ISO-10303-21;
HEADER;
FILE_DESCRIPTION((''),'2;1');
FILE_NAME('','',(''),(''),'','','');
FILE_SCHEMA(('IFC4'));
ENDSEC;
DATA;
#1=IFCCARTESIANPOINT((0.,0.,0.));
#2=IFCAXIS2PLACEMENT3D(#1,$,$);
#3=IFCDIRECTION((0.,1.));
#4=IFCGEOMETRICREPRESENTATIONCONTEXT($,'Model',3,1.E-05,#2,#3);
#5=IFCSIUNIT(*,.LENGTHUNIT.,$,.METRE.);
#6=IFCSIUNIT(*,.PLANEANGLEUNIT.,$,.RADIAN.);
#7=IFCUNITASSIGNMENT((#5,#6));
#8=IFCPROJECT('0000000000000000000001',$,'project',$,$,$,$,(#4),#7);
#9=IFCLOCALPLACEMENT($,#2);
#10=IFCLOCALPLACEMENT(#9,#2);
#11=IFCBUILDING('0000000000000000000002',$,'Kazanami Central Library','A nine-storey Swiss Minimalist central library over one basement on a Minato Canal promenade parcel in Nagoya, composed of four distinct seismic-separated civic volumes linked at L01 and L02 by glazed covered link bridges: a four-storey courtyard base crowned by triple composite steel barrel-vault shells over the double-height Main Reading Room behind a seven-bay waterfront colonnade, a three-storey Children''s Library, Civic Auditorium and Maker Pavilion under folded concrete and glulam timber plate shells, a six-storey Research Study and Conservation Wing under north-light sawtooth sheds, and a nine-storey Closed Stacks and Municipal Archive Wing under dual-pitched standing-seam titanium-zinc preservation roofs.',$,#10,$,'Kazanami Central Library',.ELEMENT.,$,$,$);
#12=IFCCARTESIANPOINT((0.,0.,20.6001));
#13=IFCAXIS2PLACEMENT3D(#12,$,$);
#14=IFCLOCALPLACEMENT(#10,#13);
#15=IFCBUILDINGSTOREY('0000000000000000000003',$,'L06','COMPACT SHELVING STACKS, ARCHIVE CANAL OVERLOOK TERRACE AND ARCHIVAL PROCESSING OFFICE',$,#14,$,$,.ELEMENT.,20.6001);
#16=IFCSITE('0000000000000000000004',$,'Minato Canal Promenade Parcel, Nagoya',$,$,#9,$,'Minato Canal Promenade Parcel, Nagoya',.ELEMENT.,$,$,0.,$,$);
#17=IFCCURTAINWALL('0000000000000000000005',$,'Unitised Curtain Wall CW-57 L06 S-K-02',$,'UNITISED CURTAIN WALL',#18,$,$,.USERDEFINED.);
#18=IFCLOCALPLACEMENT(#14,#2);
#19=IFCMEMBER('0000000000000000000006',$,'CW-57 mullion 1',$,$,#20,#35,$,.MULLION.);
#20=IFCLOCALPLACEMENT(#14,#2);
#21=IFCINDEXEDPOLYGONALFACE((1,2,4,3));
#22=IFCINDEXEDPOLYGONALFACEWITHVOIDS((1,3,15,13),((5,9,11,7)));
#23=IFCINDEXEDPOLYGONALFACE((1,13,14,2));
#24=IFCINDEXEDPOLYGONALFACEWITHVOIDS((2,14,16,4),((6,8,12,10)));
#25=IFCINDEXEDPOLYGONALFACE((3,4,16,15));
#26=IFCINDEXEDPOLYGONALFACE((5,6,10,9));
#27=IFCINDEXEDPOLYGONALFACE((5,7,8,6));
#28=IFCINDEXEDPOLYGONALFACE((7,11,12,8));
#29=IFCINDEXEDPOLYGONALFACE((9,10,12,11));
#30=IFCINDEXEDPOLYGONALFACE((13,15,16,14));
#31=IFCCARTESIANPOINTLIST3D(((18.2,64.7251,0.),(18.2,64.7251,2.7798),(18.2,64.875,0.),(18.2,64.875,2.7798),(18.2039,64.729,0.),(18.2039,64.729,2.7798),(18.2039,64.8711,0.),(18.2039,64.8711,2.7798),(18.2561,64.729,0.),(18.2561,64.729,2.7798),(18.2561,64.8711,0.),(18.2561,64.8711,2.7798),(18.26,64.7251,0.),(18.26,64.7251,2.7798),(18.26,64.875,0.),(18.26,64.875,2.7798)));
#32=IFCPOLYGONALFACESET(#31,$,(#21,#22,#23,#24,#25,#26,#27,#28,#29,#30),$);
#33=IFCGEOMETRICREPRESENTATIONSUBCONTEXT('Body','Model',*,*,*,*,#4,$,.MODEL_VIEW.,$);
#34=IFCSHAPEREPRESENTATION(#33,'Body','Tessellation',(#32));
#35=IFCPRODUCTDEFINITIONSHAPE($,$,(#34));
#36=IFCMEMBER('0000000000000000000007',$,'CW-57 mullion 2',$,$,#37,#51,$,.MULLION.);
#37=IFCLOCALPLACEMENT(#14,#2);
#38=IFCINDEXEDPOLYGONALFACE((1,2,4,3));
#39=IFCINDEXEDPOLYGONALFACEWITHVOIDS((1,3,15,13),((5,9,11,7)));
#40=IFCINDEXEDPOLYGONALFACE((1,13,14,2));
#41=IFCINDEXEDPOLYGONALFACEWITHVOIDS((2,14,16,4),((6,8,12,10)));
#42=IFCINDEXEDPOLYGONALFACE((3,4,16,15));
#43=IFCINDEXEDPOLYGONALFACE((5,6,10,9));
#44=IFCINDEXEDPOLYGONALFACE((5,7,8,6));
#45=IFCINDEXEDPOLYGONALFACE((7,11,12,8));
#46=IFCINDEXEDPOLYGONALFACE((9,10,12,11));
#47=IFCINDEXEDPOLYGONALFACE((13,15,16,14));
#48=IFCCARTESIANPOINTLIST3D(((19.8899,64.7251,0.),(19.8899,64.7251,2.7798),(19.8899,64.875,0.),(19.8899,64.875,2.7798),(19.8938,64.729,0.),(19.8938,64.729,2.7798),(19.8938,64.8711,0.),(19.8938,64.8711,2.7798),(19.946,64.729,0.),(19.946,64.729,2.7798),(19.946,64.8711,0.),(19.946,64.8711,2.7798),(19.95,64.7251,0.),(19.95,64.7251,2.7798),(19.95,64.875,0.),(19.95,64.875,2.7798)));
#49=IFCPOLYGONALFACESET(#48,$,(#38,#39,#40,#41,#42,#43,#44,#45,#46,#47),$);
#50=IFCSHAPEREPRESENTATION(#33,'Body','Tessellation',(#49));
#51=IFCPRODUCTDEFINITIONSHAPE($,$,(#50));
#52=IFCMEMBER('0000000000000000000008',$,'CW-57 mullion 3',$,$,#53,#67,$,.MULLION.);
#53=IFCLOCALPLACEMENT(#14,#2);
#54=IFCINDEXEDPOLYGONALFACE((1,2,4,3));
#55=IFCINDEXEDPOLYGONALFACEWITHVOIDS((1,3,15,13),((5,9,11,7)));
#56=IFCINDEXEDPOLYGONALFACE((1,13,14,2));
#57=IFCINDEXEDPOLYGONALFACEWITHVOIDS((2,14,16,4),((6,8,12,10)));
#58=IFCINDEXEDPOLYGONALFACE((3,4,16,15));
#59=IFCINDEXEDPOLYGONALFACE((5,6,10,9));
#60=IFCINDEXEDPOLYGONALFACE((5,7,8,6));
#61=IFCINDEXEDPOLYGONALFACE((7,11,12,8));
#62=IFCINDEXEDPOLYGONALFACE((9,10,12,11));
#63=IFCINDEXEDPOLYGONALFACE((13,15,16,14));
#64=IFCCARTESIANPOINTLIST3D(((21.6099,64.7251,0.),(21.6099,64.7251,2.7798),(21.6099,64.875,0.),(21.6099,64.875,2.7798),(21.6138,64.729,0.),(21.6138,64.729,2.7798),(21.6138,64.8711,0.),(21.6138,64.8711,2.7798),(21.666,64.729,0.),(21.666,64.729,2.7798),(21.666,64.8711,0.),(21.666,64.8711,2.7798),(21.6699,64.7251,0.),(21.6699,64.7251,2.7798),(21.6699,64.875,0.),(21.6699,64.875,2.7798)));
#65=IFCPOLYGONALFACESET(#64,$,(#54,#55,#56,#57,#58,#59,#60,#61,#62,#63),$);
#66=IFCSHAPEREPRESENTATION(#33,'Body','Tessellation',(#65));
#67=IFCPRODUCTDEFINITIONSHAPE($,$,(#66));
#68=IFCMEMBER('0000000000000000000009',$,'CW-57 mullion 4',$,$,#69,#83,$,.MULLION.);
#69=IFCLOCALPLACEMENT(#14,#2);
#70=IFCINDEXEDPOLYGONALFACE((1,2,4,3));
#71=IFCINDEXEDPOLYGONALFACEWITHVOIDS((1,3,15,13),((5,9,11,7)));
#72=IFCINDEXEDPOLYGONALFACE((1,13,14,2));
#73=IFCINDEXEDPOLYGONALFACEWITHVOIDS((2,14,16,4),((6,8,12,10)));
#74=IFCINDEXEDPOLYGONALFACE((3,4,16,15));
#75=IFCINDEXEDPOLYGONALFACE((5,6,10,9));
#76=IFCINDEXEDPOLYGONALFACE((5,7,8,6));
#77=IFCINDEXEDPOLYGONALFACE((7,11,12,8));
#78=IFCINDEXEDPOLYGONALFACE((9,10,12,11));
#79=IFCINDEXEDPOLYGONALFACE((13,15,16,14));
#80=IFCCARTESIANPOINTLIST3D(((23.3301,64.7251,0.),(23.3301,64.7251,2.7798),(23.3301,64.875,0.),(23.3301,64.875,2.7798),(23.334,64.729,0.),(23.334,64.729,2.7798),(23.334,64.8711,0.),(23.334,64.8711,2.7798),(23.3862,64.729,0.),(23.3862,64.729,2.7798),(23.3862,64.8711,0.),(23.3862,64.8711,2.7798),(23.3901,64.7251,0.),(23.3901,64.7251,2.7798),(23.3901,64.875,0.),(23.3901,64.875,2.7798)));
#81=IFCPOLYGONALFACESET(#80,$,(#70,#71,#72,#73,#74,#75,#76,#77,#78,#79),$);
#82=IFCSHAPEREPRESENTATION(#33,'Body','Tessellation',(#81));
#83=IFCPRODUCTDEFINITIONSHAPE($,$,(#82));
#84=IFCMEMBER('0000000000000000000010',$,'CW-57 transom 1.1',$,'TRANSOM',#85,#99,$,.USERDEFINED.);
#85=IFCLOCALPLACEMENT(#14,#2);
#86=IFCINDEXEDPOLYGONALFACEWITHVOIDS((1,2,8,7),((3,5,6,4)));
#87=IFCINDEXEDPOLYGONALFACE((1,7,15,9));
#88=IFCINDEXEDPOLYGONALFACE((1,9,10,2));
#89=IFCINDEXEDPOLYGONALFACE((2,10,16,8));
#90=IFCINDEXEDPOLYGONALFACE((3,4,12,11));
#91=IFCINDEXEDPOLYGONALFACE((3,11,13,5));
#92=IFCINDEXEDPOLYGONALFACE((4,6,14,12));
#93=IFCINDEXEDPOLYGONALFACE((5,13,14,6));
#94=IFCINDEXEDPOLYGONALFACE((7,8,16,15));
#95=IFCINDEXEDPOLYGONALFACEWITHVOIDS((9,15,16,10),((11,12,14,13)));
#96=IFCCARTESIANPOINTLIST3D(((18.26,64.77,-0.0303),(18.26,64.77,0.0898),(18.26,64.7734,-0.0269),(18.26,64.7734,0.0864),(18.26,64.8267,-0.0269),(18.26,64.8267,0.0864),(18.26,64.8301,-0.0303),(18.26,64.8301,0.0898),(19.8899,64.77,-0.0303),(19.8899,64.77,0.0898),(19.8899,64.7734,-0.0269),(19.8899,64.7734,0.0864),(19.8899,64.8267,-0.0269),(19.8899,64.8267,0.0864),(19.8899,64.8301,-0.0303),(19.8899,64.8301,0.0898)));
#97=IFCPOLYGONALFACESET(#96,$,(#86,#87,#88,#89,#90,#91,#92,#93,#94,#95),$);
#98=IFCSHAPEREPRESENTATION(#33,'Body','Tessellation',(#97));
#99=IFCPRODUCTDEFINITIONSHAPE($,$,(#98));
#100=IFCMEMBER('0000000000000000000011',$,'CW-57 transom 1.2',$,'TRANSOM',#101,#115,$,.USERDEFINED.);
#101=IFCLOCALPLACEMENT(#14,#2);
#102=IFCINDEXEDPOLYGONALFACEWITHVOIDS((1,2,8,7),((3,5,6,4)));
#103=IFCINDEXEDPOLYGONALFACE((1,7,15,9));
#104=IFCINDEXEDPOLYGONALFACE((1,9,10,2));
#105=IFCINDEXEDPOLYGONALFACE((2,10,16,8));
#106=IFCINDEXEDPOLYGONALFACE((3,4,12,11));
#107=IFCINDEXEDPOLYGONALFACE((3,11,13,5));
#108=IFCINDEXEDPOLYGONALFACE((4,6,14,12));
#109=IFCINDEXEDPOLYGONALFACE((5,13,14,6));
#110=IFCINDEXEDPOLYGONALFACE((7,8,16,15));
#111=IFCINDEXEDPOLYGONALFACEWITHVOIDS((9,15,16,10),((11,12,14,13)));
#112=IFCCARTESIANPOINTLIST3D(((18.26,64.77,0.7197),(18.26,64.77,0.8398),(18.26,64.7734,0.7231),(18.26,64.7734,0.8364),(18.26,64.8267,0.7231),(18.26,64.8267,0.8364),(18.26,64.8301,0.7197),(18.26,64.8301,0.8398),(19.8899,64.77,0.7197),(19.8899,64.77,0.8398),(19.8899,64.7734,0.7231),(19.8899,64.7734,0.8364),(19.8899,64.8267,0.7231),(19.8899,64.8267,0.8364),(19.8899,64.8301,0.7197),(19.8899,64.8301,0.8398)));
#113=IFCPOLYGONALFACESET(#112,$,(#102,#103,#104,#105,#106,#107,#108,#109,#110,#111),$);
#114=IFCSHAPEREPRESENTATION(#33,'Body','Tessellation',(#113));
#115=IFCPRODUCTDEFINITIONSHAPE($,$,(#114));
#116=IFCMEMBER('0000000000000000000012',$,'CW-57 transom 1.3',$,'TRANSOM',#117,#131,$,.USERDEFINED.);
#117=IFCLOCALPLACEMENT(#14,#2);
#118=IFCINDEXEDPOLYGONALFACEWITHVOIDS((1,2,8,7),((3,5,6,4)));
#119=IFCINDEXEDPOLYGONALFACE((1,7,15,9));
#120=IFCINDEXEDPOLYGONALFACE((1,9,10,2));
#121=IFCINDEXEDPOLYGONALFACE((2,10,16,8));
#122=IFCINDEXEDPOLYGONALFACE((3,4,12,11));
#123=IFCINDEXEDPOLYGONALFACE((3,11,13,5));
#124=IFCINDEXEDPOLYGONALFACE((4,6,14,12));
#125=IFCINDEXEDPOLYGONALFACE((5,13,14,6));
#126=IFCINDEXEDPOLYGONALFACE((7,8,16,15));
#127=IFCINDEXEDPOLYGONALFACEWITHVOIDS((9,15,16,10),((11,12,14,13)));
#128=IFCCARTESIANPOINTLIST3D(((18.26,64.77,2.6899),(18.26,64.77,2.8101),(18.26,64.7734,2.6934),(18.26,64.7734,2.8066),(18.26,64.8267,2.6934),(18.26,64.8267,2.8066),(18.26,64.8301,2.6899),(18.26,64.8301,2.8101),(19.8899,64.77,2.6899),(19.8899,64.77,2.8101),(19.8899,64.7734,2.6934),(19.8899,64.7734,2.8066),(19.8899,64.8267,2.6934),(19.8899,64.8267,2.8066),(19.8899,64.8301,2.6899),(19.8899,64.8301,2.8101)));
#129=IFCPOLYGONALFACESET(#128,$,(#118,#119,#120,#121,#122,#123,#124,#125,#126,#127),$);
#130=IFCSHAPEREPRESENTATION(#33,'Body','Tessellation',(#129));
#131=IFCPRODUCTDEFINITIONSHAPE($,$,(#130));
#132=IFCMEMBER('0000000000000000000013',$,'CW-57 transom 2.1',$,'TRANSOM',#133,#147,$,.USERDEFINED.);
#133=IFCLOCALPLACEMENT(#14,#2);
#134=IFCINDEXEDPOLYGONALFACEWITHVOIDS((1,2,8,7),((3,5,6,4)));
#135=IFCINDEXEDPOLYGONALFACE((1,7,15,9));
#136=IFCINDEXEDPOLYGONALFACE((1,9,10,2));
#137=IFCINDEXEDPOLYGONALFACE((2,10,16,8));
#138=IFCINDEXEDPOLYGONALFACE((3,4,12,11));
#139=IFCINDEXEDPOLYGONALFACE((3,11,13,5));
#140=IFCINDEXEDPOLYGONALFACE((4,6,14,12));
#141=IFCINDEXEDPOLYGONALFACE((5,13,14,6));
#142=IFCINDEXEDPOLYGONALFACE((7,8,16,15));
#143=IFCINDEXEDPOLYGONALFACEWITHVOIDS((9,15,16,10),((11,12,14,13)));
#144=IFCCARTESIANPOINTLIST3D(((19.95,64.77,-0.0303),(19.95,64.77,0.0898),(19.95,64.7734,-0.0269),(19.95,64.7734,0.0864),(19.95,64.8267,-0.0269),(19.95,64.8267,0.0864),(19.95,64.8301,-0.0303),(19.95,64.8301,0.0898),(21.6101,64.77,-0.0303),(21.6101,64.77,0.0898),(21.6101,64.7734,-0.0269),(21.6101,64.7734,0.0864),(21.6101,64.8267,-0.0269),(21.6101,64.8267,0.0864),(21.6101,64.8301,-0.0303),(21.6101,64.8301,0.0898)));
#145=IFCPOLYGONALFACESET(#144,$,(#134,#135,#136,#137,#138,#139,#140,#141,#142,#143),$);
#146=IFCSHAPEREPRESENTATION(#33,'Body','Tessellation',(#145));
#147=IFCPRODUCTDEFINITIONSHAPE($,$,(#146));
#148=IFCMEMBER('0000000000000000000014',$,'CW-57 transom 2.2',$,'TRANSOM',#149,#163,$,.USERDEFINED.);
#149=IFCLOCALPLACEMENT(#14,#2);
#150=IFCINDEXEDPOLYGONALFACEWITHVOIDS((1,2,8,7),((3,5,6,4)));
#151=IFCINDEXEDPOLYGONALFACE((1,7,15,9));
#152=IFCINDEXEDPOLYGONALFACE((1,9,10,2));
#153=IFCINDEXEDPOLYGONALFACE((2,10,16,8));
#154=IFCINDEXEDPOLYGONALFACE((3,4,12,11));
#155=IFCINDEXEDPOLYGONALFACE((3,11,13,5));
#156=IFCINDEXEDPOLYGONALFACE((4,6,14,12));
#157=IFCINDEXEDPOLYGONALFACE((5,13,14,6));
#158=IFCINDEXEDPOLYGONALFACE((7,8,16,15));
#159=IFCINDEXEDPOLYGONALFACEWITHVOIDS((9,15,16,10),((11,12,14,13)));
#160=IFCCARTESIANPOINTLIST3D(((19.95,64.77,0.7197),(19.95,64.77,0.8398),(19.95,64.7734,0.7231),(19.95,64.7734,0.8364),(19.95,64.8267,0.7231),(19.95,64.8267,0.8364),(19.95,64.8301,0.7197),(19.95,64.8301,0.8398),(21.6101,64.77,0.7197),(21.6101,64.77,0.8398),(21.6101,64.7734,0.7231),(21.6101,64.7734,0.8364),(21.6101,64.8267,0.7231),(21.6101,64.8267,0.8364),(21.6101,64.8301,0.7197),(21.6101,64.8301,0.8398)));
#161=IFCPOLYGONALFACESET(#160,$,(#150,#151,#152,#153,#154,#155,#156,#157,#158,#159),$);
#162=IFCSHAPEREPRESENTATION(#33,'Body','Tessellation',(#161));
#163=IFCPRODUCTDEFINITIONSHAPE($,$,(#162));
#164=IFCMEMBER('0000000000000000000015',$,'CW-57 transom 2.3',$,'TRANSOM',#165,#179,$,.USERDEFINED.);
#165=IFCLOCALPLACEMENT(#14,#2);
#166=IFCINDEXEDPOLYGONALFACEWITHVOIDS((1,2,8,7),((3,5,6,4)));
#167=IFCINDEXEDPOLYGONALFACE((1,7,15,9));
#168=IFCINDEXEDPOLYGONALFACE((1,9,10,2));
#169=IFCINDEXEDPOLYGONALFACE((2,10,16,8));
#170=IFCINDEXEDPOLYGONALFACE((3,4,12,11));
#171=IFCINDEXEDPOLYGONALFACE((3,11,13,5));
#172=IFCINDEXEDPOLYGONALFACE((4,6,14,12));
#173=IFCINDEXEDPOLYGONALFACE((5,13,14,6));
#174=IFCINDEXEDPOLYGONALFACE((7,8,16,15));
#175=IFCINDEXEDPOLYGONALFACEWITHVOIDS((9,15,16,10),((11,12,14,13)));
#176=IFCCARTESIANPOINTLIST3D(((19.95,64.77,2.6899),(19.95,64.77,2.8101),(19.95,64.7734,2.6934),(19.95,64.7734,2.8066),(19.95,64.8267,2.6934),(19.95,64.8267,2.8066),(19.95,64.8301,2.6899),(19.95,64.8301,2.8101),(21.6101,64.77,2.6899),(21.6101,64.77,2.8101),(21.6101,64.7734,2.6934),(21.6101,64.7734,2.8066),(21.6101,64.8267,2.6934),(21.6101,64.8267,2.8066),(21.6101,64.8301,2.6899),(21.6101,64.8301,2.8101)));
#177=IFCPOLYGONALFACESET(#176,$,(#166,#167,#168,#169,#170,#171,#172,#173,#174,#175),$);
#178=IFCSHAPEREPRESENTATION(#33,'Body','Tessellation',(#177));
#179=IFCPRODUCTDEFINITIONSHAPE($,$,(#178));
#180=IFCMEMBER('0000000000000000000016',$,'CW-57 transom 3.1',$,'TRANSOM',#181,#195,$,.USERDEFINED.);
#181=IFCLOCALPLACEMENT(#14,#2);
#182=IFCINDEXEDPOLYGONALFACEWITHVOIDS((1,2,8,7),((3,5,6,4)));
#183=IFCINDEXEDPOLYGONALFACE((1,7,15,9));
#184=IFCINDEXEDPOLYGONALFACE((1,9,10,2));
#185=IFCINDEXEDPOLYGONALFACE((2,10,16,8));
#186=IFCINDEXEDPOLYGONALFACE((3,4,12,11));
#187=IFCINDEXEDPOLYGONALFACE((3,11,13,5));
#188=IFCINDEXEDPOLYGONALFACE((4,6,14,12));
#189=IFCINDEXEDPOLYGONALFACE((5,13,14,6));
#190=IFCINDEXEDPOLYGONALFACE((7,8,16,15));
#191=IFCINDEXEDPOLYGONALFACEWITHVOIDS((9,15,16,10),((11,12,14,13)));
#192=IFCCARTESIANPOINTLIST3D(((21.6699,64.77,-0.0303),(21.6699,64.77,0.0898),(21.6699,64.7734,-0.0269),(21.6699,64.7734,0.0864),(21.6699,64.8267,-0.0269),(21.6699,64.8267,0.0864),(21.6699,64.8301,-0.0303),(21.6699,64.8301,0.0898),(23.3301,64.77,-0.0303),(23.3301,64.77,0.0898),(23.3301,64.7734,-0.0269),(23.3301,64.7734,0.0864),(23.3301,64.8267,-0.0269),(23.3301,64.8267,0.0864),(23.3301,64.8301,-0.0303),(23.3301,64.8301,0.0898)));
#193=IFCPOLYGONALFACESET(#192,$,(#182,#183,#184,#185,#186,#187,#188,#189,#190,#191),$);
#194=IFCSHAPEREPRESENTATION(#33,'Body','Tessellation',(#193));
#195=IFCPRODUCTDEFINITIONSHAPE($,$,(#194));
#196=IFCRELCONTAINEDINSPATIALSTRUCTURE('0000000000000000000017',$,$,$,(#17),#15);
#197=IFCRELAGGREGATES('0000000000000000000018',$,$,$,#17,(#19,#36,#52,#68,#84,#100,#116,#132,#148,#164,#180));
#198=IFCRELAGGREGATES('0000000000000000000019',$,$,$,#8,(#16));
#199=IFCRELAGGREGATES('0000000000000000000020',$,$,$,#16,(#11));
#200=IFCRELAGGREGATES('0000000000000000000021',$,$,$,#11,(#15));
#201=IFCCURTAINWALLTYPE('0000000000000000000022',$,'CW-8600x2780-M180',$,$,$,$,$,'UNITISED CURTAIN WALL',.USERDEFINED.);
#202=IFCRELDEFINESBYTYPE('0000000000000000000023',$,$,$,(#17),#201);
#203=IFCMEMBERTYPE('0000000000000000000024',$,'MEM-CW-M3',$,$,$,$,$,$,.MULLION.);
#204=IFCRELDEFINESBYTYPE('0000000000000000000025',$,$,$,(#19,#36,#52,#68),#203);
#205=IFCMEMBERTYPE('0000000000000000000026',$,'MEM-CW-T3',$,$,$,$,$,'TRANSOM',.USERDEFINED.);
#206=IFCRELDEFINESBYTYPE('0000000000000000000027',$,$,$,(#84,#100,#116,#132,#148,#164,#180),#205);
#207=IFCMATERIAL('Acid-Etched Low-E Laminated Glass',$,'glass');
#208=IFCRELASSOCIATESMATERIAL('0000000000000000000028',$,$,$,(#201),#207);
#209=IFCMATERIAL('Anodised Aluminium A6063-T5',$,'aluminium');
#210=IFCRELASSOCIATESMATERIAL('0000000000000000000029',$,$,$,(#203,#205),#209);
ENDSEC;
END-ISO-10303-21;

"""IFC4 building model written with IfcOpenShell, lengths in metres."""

from ifc_helpers import new_model, si_unit, direction, frame, origin, origin_2d, place, context, subcontext, project, spatial, hollow_rectangle, extrude, material, material_profile, profile_set, type_object, element, aggregate, save


model = new_model("IFC4")

# Units and contexts
model_context = context("Model", 3, precision=1e-05, world=origin(), true_north=direction((0.0, 1.0)))
body_context = subcontext(model_context, "Body", "Model", "MODEL_VIEW")
ifc_project = project(units=[si_unit("LENGTHUNIT", "METRE"), si_unit("PLANEANGLEUNIT", "RADIAN")], contexts=[model_context])

# Site, building, storey
site_placement = place(None, origin())
site = spatial("IfcSite", under=ifc_project, at=site_placement, Name="Minato Canal Promenade Parcel, Nagoya", LongName="Minato Canal Promenade Parcel, Nagoya", CompositionType="ELEMENT", RefElevation=0.0)
building_placement = place(site_placement, origin())
building = spatial("IfcBuilding", under=site, at=building_placement, Name="Kazanami Central Library", Description="A nine-storey Swiss Minimalist central library over one basement on a Minato Canal promenade parcel in Nagoya, composed of four distinct seismic-separated civic volumes linked at L01 and L02 by glazed covered link bridges: a four-storey courtyard base crowned by triple composite steel barrel-vault shells over the double-height Main Reading Room behind a seven-bay waterfront colonnade, a three-storey Children's Library, Civic Auditorium and Maker Pavilion under folded concrete and glulam timber plate shells, a six-storey Research Study and Conservation Wing under north-light sawtooth sheds, and a nine-storey Closed Stacks and Municipal Archive Wing under dual-pitched standing-seam titanium-zinc preservation roofs.", LongName="Kazanami Central Library", CompositionType="ELEMENT")
storey_placement = place(building_placement, frame((0.0, 0.0, 20.6001)))
storey = spatial("IfcBuildingStorey", under=building, at=storey_placement, Name="L06", Description="COMPACT SHELVING STACKS, ARCHIVE CANAL OVERLOOK TERRACE AND ARCHIVAL PROCESSING OFFICE", CompositionType="ELEMENT", Elevation=20.6001)

# Curtain wall, members
ifc_material_1 = material(Name="Acid-Etched Low-E Laminated Glass", Category="glass")
curtain_wall_type = type_object("IfcCurtainWallType", Name="CW-8600x2780-M180", ElementType="UNITISED CURTAIN WALL", PredefinedType="USERDEFINED", material=ifc_material_1)
curtain_wall_placement = place(storey_placement, origin())
curtain_wall = element("IfcCurtainWall", 1, at=curtain_wall_placement, inside=storey, type_object=curtain_wall_type, Name="Unitised Curtain Wall CW-57 L06 S-K-02", ObjectType="UNITISED CURTAIN WALL", PredefinedType="USERDEFINED")
ifc_material_2 = material(Name="Anodised Aluminium A6063-T5", Category="aluminium")
ifc_material_profile_1 = material_profile(ifc_material_2, hollow_rectangle(XDim=0.0601, YDim=0.1499, WallThickness=0.0039, at=origin_2d()), Name="ALU-MULL-60x150x4")
ifc_profile_set_1 = profile_set([ifc_material_profile_1], Name="Anodised Aluminium A6063-T5")
member_type_1 = type_object("IfcMemberType", Name="MEM-CW-M3", PredefinedType="MULLION", material=ifc_profile_set_1)
member_1_placement = place(storey_placement, frame((18.23, 64.8, 0.0), z_axis=(0.0, 0.0, 1.0), x_axis=(1.0, 0.0, 0.0)))
member_1 = element("IfcMember", 2, at=member_1_placement, type_object=member_type_1, Name="CW-57 mullion 1", PredefinedType="MULLION", context=body_context, shape_type="SweptSolid", body=[
    extrude(hollow_rectangle(XDim=0.0601, YDim=0.1499, WallThickness=0.0039, at=origin_2d()), origin(), (0.0, 0.0, 1.0), 2.7798),
])
member_2_placement = place(storey_placement, frame((19.9199, 64.8, 0.0), z_axis=(0.0, 0.0, 1.0), x_axis=(1.0, 0.0, 0.0)))
member_2 = element("IfcMember", 3, at=member_2_placement, type_object=member_type_1, Name="CW-57 mullion 2", PredefinedType="MULLION", context=body_context, shape_type="SweptSolid", body=[
    extrude(hollow_rectangle(XDim=0.0601, YDim=0.1499, WallThickness=0.0039, at=origin_2d()), origin(), (0.0, 0.0, 1.0), 2.7798),
])
member_3_placement = place(storey_placement, frame((21.6399, 64.8, 0.0), z_axis=(0.0, 0.0, 1.0), x_axis=(1.0, 0.0, 0.0)))
member_3 = element("IfcMember", 4, at=member_3_placement, type_object=member_type_1, Name="CW-57 mullion 3", PredefinedType="MULLION", context=body_context, shape_type="SweptSolid", body=[
    extrude(hollow_rectangle(XDim=0.0601, YDim=0.1499, WallThickness=0.0039, at=origin_2d()), origin(), (0.0, 0.0, 1.0), 2.7798),
])
member_4_placement = place(storey_placement, frame((23.3601, 64.8, 0.0), z_axis=(0.0, 0.0, 1.0), x_axis=(1.0, 0.0, 0.0)))
member_4 = element("IfcMember", 5, at=member_4_placement, type_object=member_type_1, Name="CW-57 mullion 4", PredefinedType="MULLION", context=body_context, shape_type="SweptSolid", body=[
    extrude(hollow_rectangle(XDim=0.0601, YDim=0.1499, WallThickness=0.0039, at=origin_2d()), origin(), (0.0, 0.0, 1.0), 2.7798),
])
ifc_material_profile_2 = material_profile(ifc_material_2, hollow_rectangle(XDim=0.0601, YDim=0.1201, WallThickness=0.0034, at=origin_2d()), Name="ALU-TRAN-60x120x3.5")
ifc_profile_set_2 = profile_set([ifc_material_profile_2], Name="Anodised Aluminium A6063-T5")
member_type_2 = type_object("IfcMemberType", Name="MEM-CW-T3", ElementType="TRANSOM", PredefinedType="USERDEFINED", material=ifc_profile_set_2)
member_5_placement = place(storey_placement, frame((18.26, 64.8, 0.0298), z_axis=(1.0, 0.0, 0.0), x_axis=(0.0, 1.0, 0.0)))
member_5 = element("IfcMember", 6, at=member_5_placement, type_object=member_type_2, Name="CW-57 transom 1.1", ObjectType="TRANSOM", PredefinedType="USERDEFINED", context=body_context, shape_type="SweptSolid", body=[
    extrude(hollow_rectangle(XDim=0.0601, YDim=0.1201, WallThickness=0.0034, at=origin_2d()), origin(), (0.0, 0.0, 1.0), 1.6299),
])
member_6_placement = place(storey_placement, frame((18.26, 64.8, 0.7798), z_axis=(1.0, 0.0, 0.0), x_axis=(0.0, 1.0, 0.0)))
member_6 = element("IfcMember", 7, at=member_6_placement, type_object=member_type_2, Name="CW-57 transom 1.2", ObjectType="TRANSOM", PredefinedType="USERDEFINED", context=body_context, shape_type="SweptSolid", body=[
    extrude(hollow_rectangle(XDim=0.0601, YDim=0.1201, WallThickness=0.0034, at=origin_2d()), origin(), (0.0, 0.0, 1.0), 1.6299),
])
member_7_placement = place(storey_placement, frame((18.26, 64.8, 2.75), z_axis=(1.0, 0.0, 0.0), x_axis=(0.0, 1.0, 0.0)))
member_7 = element("IfcMember", 8, at=member_7_placement, type_object=member_type_2, Name="CW-57 transom 1.3", ObjectType="TRANSOM", PredefinedType="USERDEFINED", context=body_context, shape_type="SweptSolid", body=[
    extrude(hollow_rectangle(XDim=0.0601, YDim=0.1201, WallThickness=0.0034, at=origin_2d()), origin(), (0.0, 0.0, 1.0), 1.6299),
])
member_8_placement = place(storey_placement, frame((19.95, 64.8, 0.0298), z_axis=(1.0, 0.0, 0.0), x_axis=(0.0, 1.0, 0.0)))
member_8 = element("IfcMember", 9, at=member_8_placement, type_object=member_type_2, Name="CW-57 transom 2.1", ObjectType="TRANSOM", PredefinedType="USERDEFINED", context=body_context, shape_type="SweptSolid", body=[
    extrude(hollow_rectangle(XDim=0.0601, YDim=0.1201, WallThickness=0.0034, at=origin_2d()), origin(), (0.0, 0.0, 1.0), 1.6602),
])
member_9_placement = place(storey_placement, frame((19.95, 64.8, 0.7798), z_axis=(1.0, 0.0, 0.0), x_axis=(0.0, 1.0, 0.0)))
member_9 = element("IfcMember", 10, at=member_9_placement, type_object=member_type_2, Name="CW-57 transom 2.2", ObjectType="TRANSOM", PredefinedType="USERDEFINED", context=body_context, shape_type="SweptSolid", body=[
    extrude(hollow_rectangle(XDim=0.0601, YDim=0.1201, WallThickness=0.0034, at=origin_2d()), origin(), (0.0, 0.0, 1.0), 1.6602),
])
member_10_placement = place(storey_placement, frame((19.95, 64.8, 2.75), z_axis=(1.0, 0.0, 0.0), x_axis=(0.0, 1.0, 0.0)))
member_10 = element("IfcMember", 11, at=member_10_placement, type_object=member_type_2, Name="CW-57 transom 2.3", ObjectType="TRANSOM", PredefinedType="USERDEFINED", context=body_context, shape_type="SweptSolid", body=[
    extrude(hollow_rectangle(XDim=0.0601, YDim=0.1201, WallThickness=0.0034, at=origin_2d()), origin(), (0.0, 0.0, 1.0), 1.6602),
])
member_11_placement = place(storey_placement, frame((21.6699, 64.8, 0.0298), z_axis=(1.0, 0.0, 0.0), x_axis=(0.0, 1.0, 0.0)))
member_11 = element("IfcMember", 12, at=member_11_placement, type_object=member_type_2, Name="CW-57 transom 3.1", ObjectType="TRANSOM", PredefinedType="USERDEFINED", context=body_context, shape_type="SweptSolid", body=[
    extrude(hollow_rectangle(XDim=0.0601, YDim=0.1201, WallThickness=0.0034, at=origin_2d()), origin(), (0.0, 0.0, 1.0), 1.6602),
])
aggregate(curtain_wall, [member_1, member_2, member_3, member_4, member_5, member_6, member_7, member_8, member_9, member_10, member_11])

save(model, "model.ifc")
